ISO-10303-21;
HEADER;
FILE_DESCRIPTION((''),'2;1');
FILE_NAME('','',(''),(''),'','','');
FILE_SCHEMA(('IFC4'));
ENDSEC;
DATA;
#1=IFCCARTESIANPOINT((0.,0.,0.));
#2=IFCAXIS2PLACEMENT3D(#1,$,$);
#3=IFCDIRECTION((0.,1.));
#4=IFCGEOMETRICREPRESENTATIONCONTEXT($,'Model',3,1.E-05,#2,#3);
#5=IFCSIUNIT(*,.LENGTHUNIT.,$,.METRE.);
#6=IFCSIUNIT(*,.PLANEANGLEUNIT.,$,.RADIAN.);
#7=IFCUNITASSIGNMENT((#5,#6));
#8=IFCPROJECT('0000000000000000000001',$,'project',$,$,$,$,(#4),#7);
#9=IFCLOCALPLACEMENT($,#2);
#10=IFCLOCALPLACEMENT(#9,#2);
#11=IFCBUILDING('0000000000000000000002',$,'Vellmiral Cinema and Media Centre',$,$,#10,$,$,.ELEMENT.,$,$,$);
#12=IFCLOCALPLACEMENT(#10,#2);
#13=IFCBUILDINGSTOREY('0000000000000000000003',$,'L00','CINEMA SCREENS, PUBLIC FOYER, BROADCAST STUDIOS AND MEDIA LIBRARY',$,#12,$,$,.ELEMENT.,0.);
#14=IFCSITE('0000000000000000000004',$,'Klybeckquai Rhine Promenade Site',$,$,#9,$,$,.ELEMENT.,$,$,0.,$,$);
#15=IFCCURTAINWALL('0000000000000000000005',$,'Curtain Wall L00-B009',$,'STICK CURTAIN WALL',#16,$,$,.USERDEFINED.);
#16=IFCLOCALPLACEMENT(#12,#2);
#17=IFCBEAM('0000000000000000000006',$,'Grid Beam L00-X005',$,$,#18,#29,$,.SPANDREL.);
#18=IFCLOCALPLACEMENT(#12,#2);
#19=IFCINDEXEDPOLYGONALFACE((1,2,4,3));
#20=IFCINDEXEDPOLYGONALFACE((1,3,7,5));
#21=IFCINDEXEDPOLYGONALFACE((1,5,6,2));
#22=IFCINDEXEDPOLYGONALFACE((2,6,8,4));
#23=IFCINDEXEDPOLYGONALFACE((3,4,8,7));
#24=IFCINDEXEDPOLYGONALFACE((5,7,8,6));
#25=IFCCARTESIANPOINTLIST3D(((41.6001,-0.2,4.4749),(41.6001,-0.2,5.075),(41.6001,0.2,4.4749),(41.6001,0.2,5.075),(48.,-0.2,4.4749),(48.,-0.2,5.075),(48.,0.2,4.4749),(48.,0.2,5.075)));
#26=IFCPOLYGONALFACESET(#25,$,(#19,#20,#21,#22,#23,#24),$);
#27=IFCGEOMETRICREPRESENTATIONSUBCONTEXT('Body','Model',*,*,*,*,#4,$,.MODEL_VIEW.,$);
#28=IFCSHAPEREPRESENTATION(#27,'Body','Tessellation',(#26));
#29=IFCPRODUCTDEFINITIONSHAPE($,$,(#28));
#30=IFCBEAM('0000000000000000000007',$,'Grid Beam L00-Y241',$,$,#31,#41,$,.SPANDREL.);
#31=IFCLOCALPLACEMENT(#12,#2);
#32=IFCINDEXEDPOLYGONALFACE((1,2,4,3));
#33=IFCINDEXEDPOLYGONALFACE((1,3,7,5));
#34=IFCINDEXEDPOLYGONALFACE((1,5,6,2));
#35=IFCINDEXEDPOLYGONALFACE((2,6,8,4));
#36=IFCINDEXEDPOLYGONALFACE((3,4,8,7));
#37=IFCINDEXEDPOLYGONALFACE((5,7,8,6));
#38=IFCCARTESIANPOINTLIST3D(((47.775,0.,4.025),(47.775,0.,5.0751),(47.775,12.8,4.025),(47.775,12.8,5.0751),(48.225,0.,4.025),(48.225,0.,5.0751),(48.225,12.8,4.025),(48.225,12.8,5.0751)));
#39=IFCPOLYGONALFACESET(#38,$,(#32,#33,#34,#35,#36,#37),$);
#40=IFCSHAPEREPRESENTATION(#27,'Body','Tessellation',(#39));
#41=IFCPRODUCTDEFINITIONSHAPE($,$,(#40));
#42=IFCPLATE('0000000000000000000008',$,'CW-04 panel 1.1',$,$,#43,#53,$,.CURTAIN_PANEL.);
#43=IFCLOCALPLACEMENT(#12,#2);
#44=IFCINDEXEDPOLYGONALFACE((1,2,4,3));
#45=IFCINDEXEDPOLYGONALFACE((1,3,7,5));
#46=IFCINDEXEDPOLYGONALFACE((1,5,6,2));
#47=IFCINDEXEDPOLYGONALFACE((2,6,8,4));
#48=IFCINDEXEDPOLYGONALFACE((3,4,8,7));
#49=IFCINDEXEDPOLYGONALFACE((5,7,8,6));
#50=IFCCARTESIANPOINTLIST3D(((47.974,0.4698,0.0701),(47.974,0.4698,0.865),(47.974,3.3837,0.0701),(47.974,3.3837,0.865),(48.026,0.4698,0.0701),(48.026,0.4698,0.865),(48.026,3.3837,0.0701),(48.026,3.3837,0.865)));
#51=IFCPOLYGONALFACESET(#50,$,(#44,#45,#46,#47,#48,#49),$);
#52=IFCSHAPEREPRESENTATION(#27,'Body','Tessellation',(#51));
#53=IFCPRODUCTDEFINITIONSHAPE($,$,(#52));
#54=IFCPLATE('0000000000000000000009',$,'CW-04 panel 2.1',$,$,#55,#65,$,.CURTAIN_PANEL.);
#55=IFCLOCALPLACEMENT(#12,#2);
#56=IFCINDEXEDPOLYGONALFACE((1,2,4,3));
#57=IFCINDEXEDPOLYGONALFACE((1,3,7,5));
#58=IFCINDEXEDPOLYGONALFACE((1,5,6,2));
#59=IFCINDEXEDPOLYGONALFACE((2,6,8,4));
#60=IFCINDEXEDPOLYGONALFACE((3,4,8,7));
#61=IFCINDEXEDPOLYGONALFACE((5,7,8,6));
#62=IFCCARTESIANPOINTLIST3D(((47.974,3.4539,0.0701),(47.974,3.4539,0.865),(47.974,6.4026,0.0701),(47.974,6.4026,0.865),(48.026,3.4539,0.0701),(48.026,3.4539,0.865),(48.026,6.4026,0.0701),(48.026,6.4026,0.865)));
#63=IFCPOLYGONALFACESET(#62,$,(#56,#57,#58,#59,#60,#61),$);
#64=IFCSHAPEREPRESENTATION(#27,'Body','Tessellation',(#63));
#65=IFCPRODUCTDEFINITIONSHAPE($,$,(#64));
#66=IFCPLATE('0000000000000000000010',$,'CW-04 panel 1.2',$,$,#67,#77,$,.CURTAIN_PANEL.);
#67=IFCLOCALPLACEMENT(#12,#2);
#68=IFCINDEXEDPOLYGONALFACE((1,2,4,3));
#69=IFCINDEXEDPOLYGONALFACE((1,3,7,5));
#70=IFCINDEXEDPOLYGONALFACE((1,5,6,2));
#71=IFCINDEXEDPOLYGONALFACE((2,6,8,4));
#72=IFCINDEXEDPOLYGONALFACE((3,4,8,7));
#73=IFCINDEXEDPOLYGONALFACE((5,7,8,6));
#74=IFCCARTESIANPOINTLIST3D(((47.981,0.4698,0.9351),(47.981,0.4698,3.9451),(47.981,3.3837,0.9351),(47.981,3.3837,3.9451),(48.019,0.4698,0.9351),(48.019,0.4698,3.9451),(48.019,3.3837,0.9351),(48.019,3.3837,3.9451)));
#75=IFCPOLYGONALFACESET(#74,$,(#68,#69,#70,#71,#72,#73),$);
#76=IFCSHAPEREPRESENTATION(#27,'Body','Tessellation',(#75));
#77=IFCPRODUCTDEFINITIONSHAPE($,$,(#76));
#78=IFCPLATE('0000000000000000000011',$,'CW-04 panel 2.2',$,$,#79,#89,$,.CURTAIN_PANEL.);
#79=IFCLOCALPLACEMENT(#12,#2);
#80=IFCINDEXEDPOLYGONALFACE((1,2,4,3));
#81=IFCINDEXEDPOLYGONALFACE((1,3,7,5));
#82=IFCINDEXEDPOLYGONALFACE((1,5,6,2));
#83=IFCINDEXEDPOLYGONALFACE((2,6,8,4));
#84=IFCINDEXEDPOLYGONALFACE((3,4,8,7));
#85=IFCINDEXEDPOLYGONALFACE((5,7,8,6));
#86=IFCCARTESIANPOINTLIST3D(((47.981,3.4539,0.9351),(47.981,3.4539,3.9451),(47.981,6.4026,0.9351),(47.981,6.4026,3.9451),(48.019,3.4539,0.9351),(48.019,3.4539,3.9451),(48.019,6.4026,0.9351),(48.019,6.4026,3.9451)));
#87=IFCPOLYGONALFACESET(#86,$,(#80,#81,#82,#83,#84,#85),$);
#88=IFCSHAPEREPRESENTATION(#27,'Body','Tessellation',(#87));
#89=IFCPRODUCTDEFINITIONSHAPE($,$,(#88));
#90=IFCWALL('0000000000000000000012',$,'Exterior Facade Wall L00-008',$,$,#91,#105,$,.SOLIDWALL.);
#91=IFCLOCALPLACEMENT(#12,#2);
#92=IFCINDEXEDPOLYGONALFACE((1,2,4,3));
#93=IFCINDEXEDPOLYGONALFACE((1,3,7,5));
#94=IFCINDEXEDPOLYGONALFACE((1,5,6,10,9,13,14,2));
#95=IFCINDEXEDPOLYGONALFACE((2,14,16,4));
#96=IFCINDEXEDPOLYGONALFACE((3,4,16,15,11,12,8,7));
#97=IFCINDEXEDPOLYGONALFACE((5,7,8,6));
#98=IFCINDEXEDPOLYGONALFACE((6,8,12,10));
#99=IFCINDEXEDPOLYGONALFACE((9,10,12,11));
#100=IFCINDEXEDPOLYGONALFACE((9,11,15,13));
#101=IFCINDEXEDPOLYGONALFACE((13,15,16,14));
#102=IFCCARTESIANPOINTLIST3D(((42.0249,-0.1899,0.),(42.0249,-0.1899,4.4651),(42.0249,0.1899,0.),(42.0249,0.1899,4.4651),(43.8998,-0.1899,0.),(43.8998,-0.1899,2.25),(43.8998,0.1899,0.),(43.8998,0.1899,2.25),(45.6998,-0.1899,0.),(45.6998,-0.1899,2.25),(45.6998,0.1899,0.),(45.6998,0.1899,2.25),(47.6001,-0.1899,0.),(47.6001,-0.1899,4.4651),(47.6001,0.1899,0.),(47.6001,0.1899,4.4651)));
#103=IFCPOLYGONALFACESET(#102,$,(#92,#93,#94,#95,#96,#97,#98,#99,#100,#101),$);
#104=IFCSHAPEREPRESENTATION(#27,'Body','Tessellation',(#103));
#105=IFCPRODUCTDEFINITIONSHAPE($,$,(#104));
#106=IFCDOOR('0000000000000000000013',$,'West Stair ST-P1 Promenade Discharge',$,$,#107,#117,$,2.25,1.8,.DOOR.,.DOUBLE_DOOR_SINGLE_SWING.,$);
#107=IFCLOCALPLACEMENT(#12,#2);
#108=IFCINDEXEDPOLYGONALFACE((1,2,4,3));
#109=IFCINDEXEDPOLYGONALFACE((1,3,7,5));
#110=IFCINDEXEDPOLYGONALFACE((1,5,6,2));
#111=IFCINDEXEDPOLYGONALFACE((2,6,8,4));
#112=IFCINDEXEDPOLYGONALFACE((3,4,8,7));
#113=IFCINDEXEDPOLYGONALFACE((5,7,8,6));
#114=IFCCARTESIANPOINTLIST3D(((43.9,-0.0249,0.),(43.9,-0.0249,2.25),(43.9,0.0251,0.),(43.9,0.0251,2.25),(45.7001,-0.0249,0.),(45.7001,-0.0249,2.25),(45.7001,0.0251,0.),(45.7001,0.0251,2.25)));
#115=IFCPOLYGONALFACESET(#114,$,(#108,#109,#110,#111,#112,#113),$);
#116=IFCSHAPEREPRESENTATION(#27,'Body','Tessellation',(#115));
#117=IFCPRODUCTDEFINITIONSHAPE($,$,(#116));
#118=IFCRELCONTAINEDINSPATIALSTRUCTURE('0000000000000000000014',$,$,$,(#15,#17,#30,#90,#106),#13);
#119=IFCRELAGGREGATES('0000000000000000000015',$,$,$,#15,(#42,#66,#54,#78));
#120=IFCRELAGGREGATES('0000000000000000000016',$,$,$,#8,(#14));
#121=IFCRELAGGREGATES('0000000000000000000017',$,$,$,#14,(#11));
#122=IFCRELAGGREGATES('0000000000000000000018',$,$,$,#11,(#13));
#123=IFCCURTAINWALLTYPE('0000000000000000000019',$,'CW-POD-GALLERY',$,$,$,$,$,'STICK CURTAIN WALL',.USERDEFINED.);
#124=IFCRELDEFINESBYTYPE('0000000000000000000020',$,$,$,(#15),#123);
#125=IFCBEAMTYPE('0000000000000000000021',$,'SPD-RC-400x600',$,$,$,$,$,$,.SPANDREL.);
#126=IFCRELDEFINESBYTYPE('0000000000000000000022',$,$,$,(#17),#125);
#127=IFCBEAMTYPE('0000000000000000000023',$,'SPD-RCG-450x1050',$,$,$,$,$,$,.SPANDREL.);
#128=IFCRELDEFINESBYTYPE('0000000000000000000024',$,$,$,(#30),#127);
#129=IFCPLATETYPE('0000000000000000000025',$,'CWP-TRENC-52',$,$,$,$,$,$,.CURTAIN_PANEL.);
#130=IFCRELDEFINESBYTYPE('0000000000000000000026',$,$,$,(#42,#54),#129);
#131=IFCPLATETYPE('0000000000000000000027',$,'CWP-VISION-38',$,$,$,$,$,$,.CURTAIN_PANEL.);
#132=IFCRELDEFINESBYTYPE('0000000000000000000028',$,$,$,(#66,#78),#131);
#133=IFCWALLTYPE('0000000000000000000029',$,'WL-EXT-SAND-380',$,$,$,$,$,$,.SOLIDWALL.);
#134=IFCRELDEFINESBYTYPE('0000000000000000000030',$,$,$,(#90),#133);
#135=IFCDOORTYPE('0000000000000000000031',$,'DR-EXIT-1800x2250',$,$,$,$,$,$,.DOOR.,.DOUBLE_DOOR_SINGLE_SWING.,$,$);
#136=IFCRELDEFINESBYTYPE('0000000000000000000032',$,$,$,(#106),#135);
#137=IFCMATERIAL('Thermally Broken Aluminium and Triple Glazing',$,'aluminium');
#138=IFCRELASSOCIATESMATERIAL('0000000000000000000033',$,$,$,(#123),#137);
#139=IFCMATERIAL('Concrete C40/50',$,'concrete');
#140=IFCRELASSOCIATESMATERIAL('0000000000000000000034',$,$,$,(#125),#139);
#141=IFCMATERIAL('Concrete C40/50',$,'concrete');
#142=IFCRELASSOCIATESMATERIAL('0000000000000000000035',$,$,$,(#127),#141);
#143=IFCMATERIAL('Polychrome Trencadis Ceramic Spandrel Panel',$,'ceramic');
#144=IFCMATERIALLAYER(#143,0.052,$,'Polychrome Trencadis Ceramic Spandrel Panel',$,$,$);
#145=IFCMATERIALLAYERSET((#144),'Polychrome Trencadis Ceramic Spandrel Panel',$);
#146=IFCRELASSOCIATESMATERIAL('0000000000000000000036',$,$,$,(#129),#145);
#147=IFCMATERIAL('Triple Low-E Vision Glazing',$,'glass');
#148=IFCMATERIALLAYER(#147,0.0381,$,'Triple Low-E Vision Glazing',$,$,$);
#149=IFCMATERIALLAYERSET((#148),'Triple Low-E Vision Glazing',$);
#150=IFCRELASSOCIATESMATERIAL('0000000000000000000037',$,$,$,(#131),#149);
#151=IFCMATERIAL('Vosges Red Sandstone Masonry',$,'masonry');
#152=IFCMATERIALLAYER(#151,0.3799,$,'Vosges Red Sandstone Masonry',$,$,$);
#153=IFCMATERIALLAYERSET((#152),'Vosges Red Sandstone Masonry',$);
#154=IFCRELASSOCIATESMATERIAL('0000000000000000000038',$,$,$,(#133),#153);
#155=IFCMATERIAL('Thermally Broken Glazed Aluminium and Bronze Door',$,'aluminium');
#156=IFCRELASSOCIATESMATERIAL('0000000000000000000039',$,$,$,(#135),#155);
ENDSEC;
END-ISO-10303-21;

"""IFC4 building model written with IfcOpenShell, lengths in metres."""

from ifc_helpers import new_model, si_unit, direction, frame, frame_2d, origin, origin_2d, place, context, subcontext, project, spatial, rectangle, extrude, material, layer, layer_set, material_profile, profile_set, type_object, element, fill, aggregate, save


model = new_model("IFC4")

# Units and contexts
model_context = context("Model", 3, precision=1e-05, world=origin(), true_north=direction((0.0, 1.0)))
body_context = subcontext(model_context, "Body", "Model", "MODEL_VIEW")
ifc_project = project(units=[si_unit("LENGTHUNIT", "METRE"), si_unit("PLANEANGLEUNIT", "RADIAN")], contexts=[model_context])

# Site, building, storey
site_placement = place(None, origin())
site = spatial("IfcSite", under=ifc_project, at=site_placement, Name="Klybeckquai Rhine Promenade Site", CompositionType="ELEMENT", RefElevation=0.0)
building_placement = place(site_placement, origin())
building = spatial("IfcBuilding", under=site, at=building_placement, Name="Vellmiral Cinema and Media Centre", CompositionType="ELEMENT")
storey_placement = place(building_placement, origin())
storey = spatial("IfcBuildingStorey", under=building, at=storey_placement, Name="L00", Description="CINEMA SCREENS, PUBLIC FOYER, BROADCAST STUDIOS AND MEDIA LIBRARY", CompositionType="ELEMENT", Elevation=0.0)

# Curtain wall
ifc_material_1 = material(Name="Thermally Broken Aluminium and Triple Glazing", Category="aluminium")
curtain_wall_type = type_object("IfcCurtainWallType", Name="CW-POD-GALLERY", ElementType="STICK CURTAIN WALL", PredefinedType="USERDEFINED", material=ifc_material_1)
curtain_wall_placement = place(storey_placement, origin())
curtain_wall = element("IfcCurtainWall", 1, at=curtain_wall_placement, inside=storey, type_object=curtain_wall_type, Name="Curtain Wall L00-B009", ObjectType="STICK CURTAIN WALL", PredefinedType="USERDEFINED")

# Beams
ifc_material_2 = material(Name="Concrete C40/50", Category="concrete")
ifc_material_profile_1 = material_profile(ifc_material_2, rectangle(XDim=0.3999, YDim=0.6001, at=origin_2d()), Name="RC 400x600")
ifc_profile_set_1 = profile_set([ifc_material_profile_1], Name="Concrete C40/50")
beam_type_1 = type_object("IfcBeamType", Name="SPD-RC-400x600", PredefinedType="SPANDREL", material=ifc_profile_set_1)
beam_1_placement = place(storey_placement, frame((41.6001, 0.0, 4.7749), z_axis=(1.0, 0.0, 0.0), x_axis=(0.0, 1.0, 0.0)))
element("IfcBeam", 2, at=beam_1_placement, inside=storey, type_object=beam_type_1, Name="Grid Beam L00-X005", PredefinedType="SPANDREL", context=body_context, shape_type="SweptSolid", body=[
    extrude(rectangle(XDim=0.3999, YDim=0.6001, at=origin_2d()), origin(), (0.0, 0.0, 1.0), 6.3999),
])
ifc_material_3 = material(Name="Concrete C40/50", Category="concrete")
ifc_material_profile_2 = material_profile(ifc_material_3, rectangle(XDim=0.45, YDim=1.05, at=origin_2d()), Name="RC 450x1050")
ifc_profile_set_2 = profile_set([ifc_material_profile_2], Name="Concrete C40/50")
beam_type_2 = type_object("IfcBeamType", Name="SPD-RCG-450x1050", PredefinedType="SPANDREL", material=ifc_profile_set_2)
beam_2_placement = place(storey_placement, frame((48.0, 0.0, 4.55), z_axis=(0.0, 1.0, 0.0), x_axis=(-1.0, 0.0, 0.0)))
element("IfcBeam", 3, at=beam_2_placement, inside=storey, type_object=beam_type_2, Name="Grid Beam L00-Y241", PredefinedType="SPANDREL", context=body_context, shape_type="SweptSolid", body=[
    extrude(rectangle(XDim=0.45, YDim=1.05, at=origin_2d()), origin(), (0.0, 0.0, 1.0), 12.8),
])

# Plates
ifc_material_4 = material(Name="Polychrome Trencadis Ceramic Spandrel Panel", Category="ceramic")
ifc_layer_1 = layer(ifc_material_4, 0.052, Name="Polychrome Trencadis Ceramic Spandrel Panel")
ifc_layer_set_1 = layer_set([ifc_layer_1], Name="Polychrome Trencadis Ceramic Spandrel Panel")
plate_type_1 = type_object("IfcPlateType", Name="CWP-TRENC-52", PredefinedType="CURTAIN_PANEL", material=ifc_layer_set_1)
plate_1_placement = place(storey_placement, frame((48.0, 1.9268, 0.0701), z_axis=(0.0, 0.0, 1.0), x_axis=(0.0, 1.0, 0.0)))
plate_1 = element("IfcPlate", 4, at=plate_1_placement, type_object=plate_type_1, Name="CW-04 panel 1.1", PredefinedType="CURTAIN_PANEL", context=body_context, shape_type="SweptSolid", body=[
    extrude(rectangle(XDim=2.9138, YDim=0.052, at=origin_2d()), origin(), (0.0, 0.0, 1.0), 0.7949),
])
plate_2_placement = place(storey_placement, frame((48.0, 4.9282, 0.0701), z_axis=(0.0, 0.0, 1.0), x_axis=(0.0, 1.0, 0.0)))
plate_2 = element("IfcPlate", 5, at=plate_2_placement, type_object=plate_type_1, Name="CW-04 panel 2.1", PredefinedType="CURTAIN_PANEL", context=body_context, shape_type="SweptSolid", body=[
    extrude(rectangle(XDim=2.9487, YDim=0.052, at=origin_2d()), origin(), (0.0, 0.0, 1.0), 0.7949),
])
ifc_material_5 = material(Name="Triple Low-E Vision Glazing", Category="glass")
ifc_layer_2 = layer(ifc_material_5, 0.0381, Name="Triple Low-E Vision Glazing")
ifc_layer_set_2 = layer_set([ifc_layer_2], Name="Triple Low-E Vision Glazing")
plate_type_2 = type_object("IfcPlateType", Name="CWP-VISION-38", PredefinedType="CURTAIN_PANEL", material=ifc_layer_set_2)
plate_3_placement = place(storey_placement, frame((48.0, 1.9268, 0.9351), z_axis=(0.0, 0.0, 1.0), x_axis=(0.0, 1.0, 0.0)))
plate_3 = element("IfcPlate", 6, at=plate_3_placement, type_object=plate_type_2, Name="CW-04 panel 1.2", PredefinedType="CURTAIN_PANEL", context=body_context, shape_type="SweptSolid", body=[
    extrude(rectangle(XDim=2.9138, YDim=0.0381, at=origin_2d()), origin(), (0.0, 0.0, 1.0), 3.01),
])
plate_4_placement = place(storey_placement, frame((48.0, 4.9282, 0.9351), z_axis=(0.0, 0.0, 1.0), x_axis=(0.0, 1.0, 0.0)))
plate_4 = element("IfcPlate", 7, at=plate_4_placement, type_object=plate_type_2, Name="CW-04 panel 2.2", PredefinedType="CURTAIN_PANEL", context=body_context, shape_type="SweptSolid", body=[
    extrude(rectangle(XDim=2.9487, YDim=0.0381, at=origin_2d()), origin(), (0.0, 0.0, 1.0), 3.01),
])
aggregate(curtain_wall, [plate_1, plate_3, plate_2, plate_4])

# Wall, opening, door
ifc_material_6 = material(Name="Vosges Red Sandstone Masonry", Category="masonry")
ifc_layer_3 = layer(ifc_material_6, 0.3799, Name="Vosges Red Sandstone Masonry")
ifc_layer_set_3 = layer_set([ifc_layer_3], Name="Vosges Red Sandstone Masonry")
wall_type = type_object("IfcWallType", Name="WL-EXT-SAND-380", PredefinedType="SOLIDWALL", material=ifc_layer_set_3)
wall_placement = place(storey_placement, frame((42.0249, 0.0, 0.0), z_axis=(0.0, 0.0, 1.0), x_axis=(1.0, 0.0, 0.0)))
wall = element("IfcWall", 8, at=wall_placement, inside=storey, type_object=wall_type, Name="Exterior Facade Wall L00-008", PredefinedType="SOLIDWALL", context=body_context, shape_type="SweptSolid", body=[
    extrude(rectangle(XDim=5.5752, YDim=0.3799, at=frame_2d((2.7876, 0.0))), origin(), (0.0, 0.0, 1.0), 4.4651),
])
opening_placement = place(wall_placement, frame((1.875, 0.0, 0.0)))
opening = element("IfcOpeningElement", 9, at=opening_placement, cuts=wall, PredefinedType="OPENING", context=body_context, shape_type="SweptSolid", body=[
    extrude(rectangle(XDim=1.8, YDim=2.25, at=frame_2d((0.8999, 1.125))), frame((0.0, 0.2019, 0.0), z_axis=(0.0, -1.0, 0.0), x_axis=(1.0, 0.0, 0.0)), (0.0, 0.0, 1.0), 0.4038),
])
ifc_material_7 = material(Name="Thermally Broken Glazed Aluminium and Bronze Door", Category="aluminium")
door_type = type_object("IfcDoorType", Name="DR-EXIT-1800x2250", OperationType="DOUBLE_DOOR_SINGLE_SWING", PredefinedType="DOOR", material=ifc_material_7)
door_placement = place(opening_placement, frame((1.8, 0.0, 0.0), z_axis=(0.0, 0.0, 1.0), x_axis=(-1.0, 0.0, 0.0)))
door = element("IfcDoor", 10, at=door_placement, inside=storey, type_object=door_type, Name="West Stair ST-P1 Promenade Discharge", OperationType="DOUBLE_DOOR_SINGLE_SWING", OverallHeight=2.25, OverallWidth=1.8, PredefinedType="DOOR", context=body_context, shape_type="SweptSolid", body=[
    extrude(rectangle(XDim=1.8, YDim=2.25, at=frame_2d((0.8999, 1.125))), frame((0.0, 0.0249, 0.0), z_axis=(0.0, -1.0, 0.0), x_axis=(1.0, 0.0, 0.0)), (0.0, 0.0, 1.0), 0.05),
])
fill(opening, door)

save(model, "model.ifc")
